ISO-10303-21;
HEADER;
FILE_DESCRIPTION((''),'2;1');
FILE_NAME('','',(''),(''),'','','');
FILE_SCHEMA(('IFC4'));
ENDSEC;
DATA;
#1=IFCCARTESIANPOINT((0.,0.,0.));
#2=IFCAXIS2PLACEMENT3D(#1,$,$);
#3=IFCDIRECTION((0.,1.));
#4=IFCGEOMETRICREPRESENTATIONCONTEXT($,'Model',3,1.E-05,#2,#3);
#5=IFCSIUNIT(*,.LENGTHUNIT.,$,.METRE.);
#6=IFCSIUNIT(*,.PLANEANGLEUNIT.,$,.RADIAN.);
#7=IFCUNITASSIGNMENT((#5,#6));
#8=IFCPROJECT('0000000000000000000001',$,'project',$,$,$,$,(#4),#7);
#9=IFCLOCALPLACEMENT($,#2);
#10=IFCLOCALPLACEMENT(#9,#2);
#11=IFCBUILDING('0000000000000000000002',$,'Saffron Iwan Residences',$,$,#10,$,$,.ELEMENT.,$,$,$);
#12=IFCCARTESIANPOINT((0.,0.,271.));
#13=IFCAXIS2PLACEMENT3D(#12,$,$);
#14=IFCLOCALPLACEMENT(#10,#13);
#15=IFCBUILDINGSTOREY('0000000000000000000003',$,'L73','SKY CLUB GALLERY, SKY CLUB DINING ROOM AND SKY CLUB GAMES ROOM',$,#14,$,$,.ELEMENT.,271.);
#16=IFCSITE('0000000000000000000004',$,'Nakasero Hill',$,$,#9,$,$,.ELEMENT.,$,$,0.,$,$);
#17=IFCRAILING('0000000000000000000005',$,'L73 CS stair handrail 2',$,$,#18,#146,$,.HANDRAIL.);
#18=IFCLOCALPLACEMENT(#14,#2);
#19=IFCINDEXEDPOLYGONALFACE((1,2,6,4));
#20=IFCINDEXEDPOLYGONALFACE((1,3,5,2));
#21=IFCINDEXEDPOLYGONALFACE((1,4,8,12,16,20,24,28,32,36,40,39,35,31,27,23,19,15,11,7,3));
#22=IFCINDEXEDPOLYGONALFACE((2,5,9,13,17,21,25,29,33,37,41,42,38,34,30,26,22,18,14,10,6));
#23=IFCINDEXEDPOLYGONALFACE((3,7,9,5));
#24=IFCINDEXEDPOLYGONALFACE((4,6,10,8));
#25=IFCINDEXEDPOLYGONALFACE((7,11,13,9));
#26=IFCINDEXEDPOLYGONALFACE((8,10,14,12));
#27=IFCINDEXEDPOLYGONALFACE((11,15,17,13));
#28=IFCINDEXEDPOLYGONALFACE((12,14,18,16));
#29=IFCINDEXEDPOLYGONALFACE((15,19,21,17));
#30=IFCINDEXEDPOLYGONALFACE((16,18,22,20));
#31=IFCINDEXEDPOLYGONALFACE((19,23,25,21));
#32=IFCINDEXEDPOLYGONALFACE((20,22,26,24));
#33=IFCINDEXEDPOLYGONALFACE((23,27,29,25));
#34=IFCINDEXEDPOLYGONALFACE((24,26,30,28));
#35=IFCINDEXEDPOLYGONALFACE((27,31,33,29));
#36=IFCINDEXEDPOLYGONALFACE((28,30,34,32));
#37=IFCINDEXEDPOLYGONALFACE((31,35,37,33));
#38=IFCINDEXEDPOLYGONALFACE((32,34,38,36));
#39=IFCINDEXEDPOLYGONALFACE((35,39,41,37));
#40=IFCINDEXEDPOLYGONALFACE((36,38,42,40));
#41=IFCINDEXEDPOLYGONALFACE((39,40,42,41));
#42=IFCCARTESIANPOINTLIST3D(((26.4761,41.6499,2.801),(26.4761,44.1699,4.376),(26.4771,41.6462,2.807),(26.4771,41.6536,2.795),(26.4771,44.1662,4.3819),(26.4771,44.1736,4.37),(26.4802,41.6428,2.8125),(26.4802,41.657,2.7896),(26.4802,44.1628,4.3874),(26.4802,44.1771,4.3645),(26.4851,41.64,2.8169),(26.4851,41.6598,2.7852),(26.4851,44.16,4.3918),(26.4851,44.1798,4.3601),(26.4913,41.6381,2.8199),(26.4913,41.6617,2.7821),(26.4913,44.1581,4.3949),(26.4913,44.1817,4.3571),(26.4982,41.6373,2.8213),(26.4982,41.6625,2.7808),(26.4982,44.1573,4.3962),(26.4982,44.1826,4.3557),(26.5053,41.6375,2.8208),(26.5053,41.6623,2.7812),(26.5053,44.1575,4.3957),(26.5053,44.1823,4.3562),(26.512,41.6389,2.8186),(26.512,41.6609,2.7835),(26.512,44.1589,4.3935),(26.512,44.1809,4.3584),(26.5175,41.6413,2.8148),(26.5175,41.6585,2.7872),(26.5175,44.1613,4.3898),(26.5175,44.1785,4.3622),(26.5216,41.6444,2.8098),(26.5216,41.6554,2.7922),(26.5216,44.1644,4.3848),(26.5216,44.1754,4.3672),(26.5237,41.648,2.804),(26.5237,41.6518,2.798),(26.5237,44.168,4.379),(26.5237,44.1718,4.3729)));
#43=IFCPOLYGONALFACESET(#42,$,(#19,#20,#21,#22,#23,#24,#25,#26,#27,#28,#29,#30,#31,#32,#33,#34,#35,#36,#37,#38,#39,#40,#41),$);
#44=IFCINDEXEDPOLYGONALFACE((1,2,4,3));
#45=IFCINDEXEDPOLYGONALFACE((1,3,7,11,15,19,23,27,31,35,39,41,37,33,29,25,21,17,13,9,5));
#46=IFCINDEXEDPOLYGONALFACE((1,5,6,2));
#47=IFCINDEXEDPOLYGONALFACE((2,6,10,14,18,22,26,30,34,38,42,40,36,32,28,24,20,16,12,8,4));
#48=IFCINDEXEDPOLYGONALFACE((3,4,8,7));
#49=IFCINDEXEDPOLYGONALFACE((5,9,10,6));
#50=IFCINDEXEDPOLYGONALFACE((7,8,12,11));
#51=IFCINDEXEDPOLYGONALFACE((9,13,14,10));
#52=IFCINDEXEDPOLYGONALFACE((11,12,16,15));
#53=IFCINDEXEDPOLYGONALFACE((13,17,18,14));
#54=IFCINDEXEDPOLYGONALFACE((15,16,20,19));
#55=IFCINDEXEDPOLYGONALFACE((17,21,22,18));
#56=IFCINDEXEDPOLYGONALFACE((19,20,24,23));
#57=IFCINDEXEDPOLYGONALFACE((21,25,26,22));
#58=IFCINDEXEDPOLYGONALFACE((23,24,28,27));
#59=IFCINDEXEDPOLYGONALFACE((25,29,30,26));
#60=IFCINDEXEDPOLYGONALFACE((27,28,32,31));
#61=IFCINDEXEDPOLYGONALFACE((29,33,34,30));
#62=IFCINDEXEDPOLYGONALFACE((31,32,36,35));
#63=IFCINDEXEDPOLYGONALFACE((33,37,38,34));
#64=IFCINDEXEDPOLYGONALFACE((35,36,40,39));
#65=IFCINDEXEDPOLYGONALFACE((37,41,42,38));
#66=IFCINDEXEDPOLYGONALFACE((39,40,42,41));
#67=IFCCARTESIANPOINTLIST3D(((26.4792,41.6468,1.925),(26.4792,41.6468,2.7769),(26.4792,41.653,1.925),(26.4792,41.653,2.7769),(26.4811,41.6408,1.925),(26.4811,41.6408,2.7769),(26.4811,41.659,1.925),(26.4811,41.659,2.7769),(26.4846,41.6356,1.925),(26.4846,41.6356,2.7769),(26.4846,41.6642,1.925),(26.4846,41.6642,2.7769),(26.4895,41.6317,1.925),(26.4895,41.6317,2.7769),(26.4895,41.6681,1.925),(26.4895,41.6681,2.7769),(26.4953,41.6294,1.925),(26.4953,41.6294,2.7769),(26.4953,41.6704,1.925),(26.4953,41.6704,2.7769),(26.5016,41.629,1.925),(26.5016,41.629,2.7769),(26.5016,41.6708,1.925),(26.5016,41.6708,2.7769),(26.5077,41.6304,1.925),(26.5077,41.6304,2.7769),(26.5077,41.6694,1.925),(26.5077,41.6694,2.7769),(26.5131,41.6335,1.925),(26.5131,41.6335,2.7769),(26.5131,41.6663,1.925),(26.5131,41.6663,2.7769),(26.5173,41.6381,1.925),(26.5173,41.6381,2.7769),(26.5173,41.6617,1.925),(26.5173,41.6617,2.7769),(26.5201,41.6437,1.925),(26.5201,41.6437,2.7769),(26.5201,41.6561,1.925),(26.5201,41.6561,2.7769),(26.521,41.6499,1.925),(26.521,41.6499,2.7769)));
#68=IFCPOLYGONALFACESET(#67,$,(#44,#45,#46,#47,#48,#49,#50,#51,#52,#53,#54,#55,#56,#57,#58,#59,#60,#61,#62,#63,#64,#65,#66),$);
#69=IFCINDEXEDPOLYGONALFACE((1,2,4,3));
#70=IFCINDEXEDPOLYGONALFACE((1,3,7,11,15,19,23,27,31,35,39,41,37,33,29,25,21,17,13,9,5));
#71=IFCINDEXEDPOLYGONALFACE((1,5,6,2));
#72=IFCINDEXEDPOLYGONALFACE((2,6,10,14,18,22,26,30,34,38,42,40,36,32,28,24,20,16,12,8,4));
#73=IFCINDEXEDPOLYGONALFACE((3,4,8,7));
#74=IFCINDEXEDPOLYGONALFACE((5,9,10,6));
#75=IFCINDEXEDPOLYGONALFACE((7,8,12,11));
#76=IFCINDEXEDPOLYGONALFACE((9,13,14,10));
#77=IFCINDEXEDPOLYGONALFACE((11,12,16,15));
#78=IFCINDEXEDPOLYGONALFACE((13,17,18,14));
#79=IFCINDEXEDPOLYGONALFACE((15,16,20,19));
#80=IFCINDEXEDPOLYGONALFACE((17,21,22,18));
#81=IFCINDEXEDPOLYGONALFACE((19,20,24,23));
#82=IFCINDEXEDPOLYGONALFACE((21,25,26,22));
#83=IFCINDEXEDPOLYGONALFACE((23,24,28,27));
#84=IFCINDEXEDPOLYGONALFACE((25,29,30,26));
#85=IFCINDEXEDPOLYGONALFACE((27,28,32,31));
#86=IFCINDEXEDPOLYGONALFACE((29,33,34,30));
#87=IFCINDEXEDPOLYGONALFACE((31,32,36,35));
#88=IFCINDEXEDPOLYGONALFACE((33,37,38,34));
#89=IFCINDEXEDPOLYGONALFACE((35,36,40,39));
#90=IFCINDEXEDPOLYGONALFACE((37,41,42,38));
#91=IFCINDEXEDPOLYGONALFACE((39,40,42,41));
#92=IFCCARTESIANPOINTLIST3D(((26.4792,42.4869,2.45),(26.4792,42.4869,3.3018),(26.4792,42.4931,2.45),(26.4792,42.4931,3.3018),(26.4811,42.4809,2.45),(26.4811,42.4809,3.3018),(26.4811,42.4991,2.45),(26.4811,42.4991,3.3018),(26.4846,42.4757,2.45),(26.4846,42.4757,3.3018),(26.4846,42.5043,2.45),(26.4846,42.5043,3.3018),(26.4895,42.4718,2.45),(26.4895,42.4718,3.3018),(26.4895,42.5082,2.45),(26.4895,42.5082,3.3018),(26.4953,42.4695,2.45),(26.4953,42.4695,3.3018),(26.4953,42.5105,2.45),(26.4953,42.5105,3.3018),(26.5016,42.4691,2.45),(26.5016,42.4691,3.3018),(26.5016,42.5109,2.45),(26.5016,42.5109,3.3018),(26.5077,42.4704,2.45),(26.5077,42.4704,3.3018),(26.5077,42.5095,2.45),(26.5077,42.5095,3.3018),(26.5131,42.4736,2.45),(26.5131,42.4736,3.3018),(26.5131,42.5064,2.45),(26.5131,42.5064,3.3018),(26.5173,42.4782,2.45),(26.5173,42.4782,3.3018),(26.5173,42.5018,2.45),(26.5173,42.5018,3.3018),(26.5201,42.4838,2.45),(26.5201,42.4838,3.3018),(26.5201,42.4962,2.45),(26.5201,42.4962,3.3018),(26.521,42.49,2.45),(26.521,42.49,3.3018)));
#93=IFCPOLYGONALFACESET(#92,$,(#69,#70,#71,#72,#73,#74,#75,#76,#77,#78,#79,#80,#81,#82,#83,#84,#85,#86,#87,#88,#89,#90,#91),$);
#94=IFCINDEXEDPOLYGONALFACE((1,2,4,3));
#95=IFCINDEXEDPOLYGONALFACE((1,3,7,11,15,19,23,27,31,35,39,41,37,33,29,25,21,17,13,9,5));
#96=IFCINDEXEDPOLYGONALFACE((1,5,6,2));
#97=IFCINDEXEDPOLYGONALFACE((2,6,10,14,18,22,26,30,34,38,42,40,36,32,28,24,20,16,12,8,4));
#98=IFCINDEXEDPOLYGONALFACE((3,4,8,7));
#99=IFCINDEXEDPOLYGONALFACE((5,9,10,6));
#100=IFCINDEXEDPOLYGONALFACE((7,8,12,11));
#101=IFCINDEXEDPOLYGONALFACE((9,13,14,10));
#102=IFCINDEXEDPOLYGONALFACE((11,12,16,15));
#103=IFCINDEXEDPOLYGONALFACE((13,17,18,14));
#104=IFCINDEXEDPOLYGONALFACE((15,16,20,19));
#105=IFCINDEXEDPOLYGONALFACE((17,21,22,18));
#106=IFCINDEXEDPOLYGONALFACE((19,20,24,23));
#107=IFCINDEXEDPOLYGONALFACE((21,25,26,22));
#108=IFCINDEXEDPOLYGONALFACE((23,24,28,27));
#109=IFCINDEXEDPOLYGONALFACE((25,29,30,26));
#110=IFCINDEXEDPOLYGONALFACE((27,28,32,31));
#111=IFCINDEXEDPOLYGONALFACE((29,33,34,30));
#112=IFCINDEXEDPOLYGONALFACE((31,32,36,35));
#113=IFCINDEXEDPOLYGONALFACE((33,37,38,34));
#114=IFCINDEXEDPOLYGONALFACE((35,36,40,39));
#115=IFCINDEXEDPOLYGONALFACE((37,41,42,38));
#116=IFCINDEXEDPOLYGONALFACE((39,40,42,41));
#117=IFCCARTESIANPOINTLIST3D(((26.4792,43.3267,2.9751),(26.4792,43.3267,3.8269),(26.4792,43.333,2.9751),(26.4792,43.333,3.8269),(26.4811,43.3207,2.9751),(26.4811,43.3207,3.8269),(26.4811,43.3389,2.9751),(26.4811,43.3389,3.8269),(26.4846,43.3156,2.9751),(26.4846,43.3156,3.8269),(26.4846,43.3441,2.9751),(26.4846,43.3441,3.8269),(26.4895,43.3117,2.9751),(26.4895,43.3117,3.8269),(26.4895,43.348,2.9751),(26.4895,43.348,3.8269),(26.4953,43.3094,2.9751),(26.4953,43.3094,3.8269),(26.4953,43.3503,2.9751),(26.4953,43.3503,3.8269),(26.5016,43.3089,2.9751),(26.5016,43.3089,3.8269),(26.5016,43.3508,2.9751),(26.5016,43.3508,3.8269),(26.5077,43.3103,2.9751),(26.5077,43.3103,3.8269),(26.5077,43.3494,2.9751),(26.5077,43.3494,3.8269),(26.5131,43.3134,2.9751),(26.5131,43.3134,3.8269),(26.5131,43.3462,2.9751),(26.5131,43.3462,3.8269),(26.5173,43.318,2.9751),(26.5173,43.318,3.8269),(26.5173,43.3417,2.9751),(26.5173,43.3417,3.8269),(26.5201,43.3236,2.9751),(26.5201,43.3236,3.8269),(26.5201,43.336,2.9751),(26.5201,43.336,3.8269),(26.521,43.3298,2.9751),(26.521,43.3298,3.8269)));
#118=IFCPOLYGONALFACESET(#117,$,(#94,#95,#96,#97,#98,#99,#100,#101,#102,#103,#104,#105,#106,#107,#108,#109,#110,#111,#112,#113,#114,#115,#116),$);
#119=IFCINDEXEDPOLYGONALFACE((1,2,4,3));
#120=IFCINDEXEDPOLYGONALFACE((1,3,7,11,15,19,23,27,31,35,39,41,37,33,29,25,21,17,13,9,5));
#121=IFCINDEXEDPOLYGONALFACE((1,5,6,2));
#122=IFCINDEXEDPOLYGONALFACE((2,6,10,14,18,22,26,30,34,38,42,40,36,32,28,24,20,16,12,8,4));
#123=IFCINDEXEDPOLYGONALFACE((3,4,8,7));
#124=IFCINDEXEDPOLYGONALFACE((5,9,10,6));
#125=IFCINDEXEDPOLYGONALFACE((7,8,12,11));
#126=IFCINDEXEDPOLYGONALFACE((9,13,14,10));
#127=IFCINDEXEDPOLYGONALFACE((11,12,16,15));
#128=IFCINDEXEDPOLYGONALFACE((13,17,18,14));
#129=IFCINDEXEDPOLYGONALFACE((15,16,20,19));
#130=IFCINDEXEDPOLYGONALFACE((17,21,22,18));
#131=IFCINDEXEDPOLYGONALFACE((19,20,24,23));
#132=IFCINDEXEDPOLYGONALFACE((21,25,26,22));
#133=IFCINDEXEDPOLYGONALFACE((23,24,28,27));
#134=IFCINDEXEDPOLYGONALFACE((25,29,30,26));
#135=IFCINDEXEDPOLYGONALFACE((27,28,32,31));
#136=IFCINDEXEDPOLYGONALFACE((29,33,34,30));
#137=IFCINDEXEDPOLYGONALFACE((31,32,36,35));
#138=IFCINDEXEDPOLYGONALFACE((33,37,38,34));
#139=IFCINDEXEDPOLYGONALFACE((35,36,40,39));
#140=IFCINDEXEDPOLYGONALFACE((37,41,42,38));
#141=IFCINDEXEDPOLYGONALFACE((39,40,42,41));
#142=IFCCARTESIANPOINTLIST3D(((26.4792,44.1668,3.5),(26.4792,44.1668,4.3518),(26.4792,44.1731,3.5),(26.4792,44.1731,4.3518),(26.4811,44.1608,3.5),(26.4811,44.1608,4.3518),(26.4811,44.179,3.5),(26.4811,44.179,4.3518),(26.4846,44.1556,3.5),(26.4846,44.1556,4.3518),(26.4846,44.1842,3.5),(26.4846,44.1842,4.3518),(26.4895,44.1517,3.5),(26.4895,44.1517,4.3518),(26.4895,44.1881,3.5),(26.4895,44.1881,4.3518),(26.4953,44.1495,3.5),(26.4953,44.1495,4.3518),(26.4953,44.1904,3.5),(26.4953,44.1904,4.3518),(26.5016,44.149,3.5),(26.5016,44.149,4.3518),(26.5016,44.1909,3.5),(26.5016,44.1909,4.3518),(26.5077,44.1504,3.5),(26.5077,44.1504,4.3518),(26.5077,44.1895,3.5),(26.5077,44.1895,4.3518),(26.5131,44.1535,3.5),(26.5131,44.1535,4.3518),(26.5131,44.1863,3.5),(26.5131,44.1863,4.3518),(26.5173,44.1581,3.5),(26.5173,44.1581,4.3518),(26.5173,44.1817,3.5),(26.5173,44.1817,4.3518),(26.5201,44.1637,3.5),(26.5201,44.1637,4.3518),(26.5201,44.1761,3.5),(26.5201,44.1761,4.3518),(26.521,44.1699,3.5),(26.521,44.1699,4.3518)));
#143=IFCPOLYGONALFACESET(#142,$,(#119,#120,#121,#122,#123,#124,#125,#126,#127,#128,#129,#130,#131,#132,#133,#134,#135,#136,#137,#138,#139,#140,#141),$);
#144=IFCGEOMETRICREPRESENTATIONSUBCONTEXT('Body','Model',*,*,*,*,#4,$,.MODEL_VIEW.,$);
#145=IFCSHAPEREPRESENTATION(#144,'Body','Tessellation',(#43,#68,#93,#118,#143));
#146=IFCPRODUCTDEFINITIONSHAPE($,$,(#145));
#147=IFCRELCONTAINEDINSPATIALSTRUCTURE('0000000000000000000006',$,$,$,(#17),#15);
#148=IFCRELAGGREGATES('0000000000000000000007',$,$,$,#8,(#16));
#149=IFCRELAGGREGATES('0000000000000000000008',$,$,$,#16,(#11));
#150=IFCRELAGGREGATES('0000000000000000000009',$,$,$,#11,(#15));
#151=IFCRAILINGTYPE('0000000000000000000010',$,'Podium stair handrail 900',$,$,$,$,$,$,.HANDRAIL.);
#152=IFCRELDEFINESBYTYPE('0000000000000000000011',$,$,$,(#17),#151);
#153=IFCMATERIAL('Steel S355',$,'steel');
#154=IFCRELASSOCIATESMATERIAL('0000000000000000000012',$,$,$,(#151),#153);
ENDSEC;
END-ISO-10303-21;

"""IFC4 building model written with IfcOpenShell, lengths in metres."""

from ifc_helpers import new_model, si_unit, direction, frame, origin, origin_2d, place, context, subcontext, project, spatial, circle, extrude, material, type_object, element, save


model = new_model("IFC4")

# Units and contexts
model_context = context("Model", 3, precision=1e-05, world=origin(), true_north=direction((0.0, 1.0)))
body_context = subcontext(model_context, "Body", "Model", "MODEL_VIEW")
ifc_project = project(units=[si_unit("LENGTHUNIT", "METRE"), si_unit("PLANEANGLEUNIT", "RADIAN")], contexts=[model_context])

# Site, building, storey
site_placement = place(None, origin())
site = spatial("IfcSite", under=ifc_project, at=site_placement, Name="Nakasero Hill", CompositionType="ELEMENT", RefElevation=0.0)
building_placement = place(site_placement, origin())
building = spatial("IfcBuilding", under=site, at=building_placement, Name="Saffron Iwan Residences", CompositionType="ELEMENT")
storey_placement = place(building_placement, frame((0.0, 0.0, 271.0)))
storey = spatial("IfcBuildingStorey", under=building, at=storey_placement, Name="L73", Description="SKY CLUB GALLERY, SKY CLUB DINING ROOM AND SKY CLUB GAMES ROOM", CompositionType="ELEMENT", Elevation=271.0)

# Railing
ifc_material_1 = material(Name="Steel S355", Category="steel")
railing_type_1 = type_object("IfcRailingType", Name="Podium stair handrail 900", PredefinedType="HANDRAIL", material=ifc_material_1)
railing_1_placement = place(storey_placement, frame((26.5, 41.6499, 1.925)))
element("IfcRailing", 1, at=railing_1_placement, inside=storey, type_object=railing_type_1, Name="L73 CS stair handrail 2", PredefinedType="HANDRAIL", context=body_context, shape_type="SweptSolid", body=[
    extrude(circle(Radius=0.0239, at=origin_2d()), frame((0.0, 0.0, 0.876), z_axis=(0.0, 0.848008, 0.529984), x_axis=(-1.0, 0.0, 0.0)), (0.0, 0.0, 1.0), 2.9717),
    extrude(circle(Radius=0.021, at=origin_2d()), origin(), (0.0, 0.0, 1.0), 0.8518),
    extrude(circle(Radius=0.021, at=origin_2d()), frame((0.0, 0.8401, 0.5249)), (0.0, 0.0, 1.0), 0.8518),
    extrude(circle(Radius=0.021, at=origin_2d()), frame((0.0, 1.6799, 1.05)), (0.0, 0.0, 1.0), 0.8518),
    extrude(circle(Radius=0.021, at=origin_2d()), frame((0.0, 2.52, 1.575)), (0.0, 0.0, 1.0), 0.8518),
])

save(model, "model.ifc")
